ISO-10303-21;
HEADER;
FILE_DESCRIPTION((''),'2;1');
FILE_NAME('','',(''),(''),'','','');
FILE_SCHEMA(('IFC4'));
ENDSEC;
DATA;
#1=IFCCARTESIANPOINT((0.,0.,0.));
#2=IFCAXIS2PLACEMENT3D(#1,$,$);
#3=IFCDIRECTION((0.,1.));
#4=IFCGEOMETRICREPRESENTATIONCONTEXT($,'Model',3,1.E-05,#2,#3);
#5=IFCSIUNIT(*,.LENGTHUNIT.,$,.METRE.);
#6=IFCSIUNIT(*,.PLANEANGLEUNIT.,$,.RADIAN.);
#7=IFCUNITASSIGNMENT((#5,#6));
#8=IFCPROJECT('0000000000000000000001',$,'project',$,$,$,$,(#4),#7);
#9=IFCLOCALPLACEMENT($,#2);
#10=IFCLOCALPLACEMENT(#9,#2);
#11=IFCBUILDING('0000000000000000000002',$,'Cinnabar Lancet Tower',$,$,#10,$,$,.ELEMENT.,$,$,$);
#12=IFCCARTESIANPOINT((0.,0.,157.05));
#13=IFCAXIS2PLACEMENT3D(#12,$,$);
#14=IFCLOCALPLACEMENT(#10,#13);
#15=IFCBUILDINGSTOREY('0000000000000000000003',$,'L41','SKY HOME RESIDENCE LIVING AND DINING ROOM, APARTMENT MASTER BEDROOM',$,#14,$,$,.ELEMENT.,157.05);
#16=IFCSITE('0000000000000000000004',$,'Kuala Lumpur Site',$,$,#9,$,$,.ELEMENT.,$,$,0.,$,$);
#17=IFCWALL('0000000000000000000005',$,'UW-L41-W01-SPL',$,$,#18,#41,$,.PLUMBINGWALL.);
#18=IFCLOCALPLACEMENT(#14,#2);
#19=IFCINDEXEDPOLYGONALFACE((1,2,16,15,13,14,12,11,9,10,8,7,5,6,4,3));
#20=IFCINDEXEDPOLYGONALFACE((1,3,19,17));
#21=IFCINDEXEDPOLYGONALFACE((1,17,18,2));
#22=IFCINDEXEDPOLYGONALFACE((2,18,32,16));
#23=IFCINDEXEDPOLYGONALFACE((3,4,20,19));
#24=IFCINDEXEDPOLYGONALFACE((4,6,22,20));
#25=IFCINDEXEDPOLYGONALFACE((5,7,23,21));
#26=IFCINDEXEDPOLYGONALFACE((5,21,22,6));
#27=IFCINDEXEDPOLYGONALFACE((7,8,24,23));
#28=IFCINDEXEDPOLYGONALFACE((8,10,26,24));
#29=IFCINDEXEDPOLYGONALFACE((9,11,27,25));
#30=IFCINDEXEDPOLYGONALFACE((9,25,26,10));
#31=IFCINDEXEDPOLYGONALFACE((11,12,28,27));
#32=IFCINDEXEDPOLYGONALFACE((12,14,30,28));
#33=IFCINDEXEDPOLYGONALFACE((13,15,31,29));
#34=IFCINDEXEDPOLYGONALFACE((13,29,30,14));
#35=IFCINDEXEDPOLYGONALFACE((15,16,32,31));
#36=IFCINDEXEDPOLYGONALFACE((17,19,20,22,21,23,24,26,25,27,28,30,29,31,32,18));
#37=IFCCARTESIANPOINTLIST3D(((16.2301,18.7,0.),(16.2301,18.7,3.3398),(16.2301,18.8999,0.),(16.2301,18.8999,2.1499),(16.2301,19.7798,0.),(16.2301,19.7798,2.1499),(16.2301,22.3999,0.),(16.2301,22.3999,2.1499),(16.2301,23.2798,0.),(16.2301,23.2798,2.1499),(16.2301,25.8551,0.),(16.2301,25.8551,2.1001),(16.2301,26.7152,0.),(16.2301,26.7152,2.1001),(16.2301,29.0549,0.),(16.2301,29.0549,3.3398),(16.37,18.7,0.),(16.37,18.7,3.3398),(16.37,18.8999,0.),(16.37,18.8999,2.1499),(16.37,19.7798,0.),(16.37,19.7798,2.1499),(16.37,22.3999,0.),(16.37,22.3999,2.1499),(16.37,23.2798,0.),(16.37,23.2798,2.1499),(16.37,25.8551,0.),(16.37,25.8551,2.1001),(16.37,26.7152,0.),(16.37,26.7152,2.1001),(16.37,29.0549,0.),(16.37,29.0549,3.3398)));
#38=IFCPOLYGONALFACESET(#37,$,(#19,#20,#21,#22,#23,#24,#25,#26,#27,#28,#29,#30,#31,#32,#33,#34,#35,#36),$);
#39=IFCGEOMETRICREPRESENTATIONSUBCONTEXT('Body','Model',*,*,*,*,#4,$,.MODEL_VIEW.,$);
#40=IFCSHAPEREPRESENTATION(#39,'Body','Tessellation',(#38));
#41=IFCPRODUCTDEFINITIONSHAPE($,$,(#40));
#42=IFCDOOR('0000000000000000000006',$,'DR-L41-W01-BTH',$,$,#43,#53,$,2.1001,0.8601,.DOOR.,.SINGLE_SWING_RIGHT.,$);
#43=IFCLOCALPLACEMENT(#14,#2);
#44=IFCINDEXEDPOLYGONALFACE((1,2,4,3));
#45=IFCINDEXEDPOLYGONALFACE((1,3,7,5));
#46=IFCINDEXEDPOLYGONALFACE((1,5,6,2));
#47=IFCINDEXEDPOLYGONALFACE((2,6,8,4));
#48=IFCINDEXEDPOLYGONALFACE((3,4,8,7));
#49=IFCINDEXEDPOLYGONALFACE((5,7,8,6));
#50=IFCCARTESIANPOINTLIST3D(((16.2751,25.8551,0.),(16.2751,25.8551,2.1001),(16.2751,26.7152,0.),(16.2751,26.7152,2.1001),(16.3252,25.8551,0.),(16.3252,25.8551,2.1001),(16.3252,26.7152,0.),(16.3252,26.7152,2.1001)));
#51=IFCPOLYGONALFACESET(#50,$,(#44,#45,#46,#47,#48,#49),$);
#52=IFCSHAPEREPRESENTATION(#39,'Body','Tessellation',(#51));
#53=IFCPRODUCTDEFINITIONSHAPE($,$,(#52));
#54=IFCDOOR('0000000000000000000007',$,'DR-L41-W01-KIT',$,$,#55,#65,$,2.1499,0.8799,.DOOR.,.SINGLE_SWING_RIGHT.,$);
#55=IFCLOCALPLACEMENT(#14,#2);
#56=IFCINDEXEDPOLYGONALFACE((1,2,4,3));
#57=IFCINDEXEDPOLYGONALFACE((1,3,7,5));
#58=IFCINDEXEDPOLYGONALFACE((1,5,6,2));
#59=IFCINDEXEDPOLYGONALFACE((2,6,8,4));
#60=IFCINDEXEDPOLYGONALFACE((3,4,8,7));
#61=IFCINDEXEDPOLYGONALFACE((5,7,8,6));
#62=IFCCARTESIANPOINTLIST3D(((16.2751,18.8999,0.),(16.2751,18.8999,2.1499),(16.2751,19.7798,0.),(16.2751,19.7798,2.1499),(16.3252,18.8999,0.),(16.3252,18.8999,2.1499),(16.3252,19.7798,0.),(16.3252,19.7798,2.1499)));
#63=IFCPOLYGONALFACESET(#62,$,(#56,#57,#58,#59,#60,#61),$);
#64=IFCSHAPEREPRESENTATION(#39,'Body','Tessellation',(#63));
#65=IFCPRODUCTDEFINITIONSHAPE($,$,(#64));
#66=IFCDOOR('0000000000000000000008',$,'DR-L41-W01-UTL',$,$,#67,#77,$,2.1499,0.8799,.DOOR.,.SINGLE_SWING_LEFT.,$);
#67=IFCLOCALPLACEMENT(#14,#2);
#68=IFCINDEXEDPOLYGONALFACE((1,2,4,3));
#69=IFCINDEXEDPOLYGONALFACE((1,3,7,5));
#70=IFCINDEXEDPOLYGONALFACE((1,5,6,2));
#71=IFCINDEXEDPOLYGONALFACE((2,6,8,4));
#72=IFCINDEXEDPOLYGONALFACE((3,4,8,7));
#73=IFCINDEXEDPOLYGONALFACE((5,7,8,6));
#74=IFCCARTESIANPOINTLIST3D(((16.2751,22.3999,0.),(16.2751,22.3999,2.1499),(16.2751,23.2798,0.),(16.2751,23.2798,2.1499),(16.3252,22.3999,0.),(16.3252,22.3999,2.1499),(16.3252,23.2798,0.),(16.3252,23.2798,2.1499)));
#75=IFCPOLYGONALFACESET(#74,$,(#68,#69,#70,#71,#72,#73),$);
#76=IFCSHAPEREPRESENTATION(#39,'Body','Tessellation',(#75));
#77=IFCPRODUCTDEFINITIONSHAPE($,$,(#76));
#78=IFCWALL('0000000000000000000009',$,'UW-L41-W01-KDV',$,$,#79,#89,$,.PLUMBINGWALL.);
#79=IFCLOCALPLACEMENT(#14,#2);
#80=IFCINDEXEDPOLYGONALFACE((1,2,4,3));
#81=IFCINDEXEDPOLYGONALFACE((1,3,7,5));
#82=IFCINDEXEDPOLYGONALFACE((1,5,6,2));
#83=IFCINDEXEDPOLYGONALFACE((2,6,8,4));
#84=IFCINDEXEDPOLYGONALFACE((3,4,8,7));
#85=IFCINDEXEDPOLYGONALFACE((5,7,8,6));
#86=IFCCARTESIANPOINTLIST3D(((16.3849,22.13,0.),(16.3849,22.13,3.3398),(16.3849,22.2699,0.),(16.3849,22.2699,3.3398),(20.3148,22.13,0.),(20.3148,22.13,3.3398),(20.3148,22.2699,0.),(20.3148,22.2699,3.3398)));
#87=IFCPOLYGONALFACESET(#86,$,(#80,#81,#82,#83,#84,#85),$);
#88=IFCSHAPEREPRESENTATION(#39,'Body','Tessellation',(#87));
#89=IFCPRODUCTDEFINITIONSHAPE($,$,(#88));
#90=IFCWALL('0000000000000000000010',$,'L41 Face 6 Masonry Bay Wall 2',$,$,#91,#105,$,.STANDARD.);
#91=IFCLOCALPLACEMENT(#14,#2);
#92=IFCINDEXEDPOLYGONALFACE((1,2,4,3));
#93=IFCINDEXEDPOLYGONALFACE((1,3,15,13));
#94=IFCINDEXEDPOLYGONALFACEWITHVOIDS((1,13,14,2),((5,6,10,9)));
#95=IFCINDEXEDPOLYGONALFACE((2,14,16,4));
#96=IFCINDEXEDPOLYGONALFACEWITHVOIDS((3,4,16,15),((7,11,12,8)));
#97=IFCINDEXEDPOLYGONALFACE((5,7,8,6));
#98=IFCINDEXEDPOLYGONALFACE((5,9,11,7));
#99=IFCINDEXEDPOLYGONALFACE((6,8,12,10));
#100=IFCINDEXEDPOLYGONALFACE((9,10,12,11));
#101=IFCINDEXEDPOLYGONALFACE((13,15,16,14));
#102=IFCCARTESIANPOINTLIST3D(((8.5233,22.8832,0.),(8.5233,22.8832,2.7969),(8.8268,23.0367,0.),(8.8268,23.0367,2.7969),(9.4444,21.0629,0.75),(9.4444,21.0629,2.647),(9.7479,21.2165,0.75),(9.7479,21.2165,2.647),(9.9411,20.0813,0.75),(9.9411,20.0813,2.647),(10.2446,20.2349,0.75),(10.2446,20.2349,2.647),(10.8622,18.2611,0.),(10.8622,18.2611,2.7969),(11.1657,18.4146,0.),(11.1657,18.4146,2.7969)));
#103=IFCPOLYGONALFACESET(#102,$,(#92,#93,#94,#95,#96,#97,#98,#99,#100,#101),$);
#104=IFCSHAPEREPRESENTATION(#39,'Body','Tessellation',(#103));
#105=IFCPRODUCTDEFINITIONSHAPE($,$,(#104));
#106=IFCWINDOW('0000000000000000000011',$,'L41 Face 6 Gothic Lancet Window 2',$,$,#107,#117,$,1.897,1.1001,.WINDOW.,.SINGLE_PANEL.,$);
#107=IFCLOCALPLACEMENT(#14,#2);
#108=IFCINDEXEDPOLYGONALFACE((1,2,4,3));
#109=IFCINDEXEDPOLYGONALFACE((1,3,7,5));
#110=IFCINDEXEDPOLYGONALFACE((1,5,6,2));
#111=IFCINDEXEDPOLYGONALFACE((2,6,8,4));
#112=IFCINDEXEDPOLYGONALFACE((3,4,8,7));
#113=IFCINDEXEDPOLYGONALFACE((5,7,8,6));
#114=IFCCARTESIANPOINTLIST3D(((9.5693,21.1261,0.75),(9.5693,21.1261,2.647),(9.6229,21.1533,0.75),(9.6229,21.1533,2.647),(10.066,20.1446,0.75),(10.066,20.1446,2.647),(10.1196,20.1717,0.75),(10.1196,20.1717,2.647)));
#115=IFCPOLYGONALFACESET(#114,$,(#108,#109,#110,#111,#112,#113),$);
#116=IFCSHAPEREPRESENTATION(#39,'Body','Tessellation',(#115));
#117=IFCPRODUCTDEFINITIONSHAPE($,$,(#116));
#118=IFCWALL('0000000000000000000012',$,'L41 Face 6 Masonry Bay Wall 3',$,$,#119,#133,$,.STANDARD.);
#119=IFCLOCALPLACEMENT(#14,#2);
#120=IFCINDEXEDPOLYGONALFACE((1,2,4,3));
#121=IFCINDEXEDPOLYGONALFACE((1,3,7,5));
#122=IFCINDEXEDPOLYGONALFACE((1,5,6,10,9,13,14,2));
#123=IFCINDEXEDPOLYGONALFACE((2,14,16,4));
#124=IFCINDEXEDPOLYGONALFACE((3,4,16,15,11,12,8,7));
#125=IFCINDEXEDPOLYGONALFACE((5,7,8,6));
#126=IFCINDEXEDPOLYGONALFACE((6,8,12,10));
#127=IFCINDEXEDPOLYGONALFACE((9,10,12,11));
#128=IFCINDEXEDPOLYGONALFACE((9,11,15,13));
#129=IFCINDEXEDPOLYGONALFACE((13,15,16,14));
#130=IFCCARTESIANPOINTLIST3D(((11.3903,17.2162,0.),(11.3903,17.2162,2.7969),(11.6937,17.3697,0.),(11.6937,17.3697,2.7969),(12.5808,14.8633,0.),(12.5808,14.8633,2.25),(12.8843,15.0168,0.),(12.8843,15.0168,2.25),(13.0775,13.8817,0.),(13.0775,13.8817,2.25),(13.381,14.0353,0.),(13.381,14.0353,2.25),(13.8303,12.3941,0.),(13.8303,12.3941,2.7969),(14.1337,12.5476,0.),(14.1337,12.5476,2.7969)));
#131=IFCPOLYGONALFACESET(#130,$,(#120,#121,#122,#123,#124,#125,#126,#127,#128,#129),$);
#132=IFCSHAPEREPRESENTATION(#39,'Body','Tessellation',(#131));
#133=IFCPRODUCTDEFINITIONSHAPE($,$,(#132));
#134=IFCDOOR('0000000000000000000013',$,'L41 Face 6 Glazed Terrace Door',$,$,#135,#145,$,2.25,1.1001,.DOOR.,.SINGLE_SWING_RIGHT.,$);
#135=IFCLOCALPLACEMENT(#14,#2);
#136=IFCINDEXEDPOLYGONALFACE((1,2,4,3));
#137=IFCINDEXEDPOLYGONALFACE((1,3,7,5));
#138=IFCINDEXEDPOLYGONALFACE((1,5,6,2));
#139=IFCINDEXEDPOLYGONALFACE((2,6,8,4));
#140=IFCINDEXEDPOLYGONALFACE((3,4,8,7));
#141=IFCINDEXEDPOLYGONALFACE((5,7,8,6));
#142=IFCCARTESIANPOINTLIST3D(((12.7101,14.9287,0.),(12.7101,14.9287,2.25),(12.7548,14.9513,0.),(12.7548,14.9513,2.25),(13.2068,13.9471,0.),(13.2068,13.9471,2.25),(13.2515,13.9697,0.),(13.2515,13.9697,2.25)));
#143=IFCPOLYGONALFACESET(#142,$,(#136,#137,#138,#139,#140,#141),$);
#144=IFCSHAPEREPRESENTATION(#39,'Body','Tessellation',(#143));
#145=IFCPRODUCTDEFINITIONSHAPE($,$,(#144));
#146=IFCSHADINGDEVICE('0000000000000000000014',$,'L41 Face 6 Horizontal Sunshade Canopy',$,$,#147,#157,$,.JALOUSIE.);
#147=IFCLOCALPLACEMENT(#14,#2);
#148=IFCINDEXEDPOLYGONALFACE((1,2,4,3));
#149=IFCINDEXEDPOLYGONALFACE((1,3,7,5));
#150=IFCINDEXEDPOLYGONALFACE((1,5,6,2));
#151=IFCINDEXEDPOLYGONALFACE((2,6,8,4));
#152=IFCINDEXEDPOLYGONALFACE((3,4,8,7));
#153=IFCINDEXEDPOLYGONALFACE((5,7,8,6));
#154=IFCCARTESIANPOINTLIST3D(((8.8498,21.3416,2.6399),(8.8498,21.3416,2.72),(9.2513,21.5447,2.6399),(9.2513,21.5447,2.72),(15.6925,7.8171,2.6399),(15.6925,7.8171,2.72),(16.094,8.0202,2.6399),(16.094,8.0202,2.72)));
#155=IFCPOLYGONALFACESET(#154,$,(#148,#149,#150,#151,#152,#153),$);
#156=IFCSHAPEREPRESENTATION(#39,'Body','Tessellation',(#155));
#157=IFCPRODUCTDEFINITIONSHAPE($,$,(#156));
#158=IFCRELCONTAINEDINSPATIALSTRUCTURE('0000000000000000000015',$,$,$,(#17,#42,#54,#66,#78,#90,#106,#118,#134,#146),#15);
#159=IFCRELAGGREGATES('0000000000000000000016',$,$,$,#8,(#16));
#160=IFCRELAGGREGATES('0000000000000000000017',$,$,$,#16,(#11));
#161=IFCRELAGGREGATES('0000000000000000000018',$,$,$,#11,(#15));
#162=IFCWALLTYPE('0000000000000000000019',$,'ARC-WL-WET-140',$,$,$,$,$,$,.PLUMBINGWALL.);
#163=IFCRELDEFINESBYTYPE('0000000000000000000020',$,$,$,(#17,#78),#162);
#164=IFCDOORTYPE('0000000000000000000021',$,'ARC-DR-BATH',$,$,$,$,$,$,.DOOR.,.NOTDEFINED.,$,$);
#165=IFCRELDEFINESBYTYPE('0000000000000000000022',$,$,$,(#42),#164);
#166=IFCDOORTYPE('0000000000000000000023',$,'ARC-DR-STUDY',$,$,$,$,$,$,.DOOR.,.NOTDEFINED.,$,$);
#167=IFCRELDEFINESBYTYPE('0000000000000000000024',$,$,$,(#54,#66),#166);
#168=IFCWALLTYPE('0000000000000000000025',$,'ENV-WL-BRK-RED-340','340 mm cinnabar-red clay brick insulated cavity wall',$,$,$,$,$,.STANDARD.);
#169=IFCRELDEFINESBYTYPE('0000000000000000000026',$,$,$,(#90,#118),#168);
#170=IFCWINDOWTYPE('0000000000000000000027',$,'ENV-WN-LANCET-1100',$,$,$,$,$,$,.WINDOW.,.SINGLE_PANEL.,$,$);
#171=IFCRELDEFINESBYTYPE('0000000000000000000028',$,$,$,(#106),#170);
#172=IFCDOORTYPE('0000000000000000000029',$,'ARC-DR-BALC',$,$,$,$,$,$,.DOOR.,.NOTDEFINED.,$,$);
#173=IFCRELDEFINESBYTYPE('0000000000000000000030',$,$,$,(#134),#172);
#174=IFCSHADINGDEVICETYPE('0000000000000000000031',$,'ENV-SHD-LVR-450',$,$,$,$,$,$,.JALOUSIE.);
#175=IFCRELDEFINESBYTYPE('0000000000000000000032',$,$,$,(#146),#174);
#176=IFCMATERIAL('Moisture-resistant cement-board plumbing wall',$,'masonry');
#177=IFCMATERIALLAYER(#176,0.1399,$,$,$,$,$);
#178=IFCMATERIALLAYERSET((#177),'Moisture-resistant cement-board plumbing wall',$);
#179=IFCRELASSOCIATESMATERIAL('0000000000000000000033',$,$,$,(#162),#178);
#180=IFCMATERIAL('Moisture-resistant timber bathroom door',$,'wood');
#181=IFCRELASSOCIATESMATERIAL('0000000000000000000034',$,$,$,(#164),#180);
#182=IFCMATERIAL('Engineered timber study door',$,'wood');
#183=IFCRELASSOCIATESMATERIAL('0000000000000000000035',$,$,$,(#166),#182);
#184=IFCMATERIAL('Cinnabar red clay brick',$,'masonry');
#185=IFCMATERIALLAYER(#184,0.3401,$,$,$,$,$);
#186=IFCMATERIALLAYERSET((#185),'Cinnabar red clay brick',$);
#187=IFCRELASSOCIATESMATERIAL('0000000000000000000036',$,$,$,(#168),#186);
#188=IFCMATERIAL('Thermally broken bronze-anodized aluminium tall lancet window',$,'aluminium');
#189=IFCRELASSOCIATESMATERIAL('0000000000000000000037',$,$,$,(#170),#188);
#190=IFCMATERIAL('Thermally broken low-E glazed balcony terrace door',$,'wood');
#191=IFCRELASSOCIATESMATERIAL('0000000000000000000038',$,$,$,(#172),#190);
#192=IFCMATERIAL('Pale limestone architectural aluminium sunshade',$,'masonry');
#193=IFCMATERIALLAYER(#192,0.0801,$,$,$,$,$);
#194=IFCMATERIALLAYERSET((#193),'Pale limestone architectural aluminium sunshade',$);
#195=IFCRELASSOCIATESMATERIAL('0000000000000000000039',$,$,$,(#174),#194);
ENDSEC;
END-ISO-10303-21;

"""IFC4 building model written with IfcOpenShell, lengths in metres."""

from ifc_helpers import new_model, si_unit, direction, frame, frame_2d, origin, origin_2d, place, context, subcontext, project, spatial, rectangle, extrude, material, layer, layer_set, type_object, element, fill, save


model = new_model("IFC4")

# Units and contexts
model_context = context("Model", 3, precision=1e-05, world=origin(), true_north=direction((0.0, 1.0)))
body_context = subcontext(model_context, "Body", "Model", "MODEL_VIEW")
ifc_project = project(units=[si_unit("LENGTHUNIT", "METRE"), si_unit("PLANEANGLEUNIT", "RADIAN")], contexts=[model_context])

# Site, building, storey
site_placement = place(None, origin())
site = spatial("IfcSite", under=ifc_project, at=site_placement, Name="Kuala Lumpur Site", CompositionType="ELEMENT", RefElevation=0.0)
building_placement = place(site_placement, origin())
building = spatial("IfcBuilding", under=site, at=building_placement, Name="Cinnabar Lancet Tower", CompositionType="ELEMENT")
storey_placement = place(building_placement, frame((0.0, 0.0, 157.05)))
storey = spatial("IfcBuildingStorey", under=building, at=storey_placement, Name="L41", Description="SKY HOME RESIDENCE LIVING AND DINING ROOM, APARTMENT MASTER BEDROOM", CompositionType="ELEMENT", Elevation=157.05)

# Wall, openings, doors
ifc_material_1 = material(Name="Moisture-resistant cement-board plumbing wall", Category="masonry")
ifc_layer_1 = layer(ifc_material_1, 0.1399)
ifc_layer_set_1 = layer_set([ifc_layer_1], Name="Moisture-resistant cement-board plumbing wall")
wall_type_1 = type_object("IfcWallType", Name="ARC-WL-WET-140", PredefinedType="PLUMBINGWALL", material=ifc_layer_set_1)
wall_1_placement = place(storey_placement, frame((16.3, 18.7, 0.0), z_axis=(0.0, 0.0, 1.0), x_axis=(0.0, 1.0, 0.0)))
wall_1 = element("IfcWall", 1, at=wall_1_placement, inside=storey, type_object=wall_type_1, Name="UW-L41-W01-SPL", PredefinedType="PLUMBINGWALL", context=body_context, shape_type="SweptSolid", body=[
    extrude(rectangle(XDim=10.355, YDim=0.1399, at=frame_2d((5.1775, 0.0))), origin(), (0.0, 0.0, 1.0), 3.3398),
])
opening_1_placement = place(wall_1_placement, frame((0.2, 0.0, 0.0)))
opening_1 = element("IfcOpeningElement", 2, at=opening_1_placement, cuts=wall_1, PredefinedType="OPENING", context=body_context, shape_type="SweptSolid", body=[
    extrude(rectangle(XDim=0.8799, YDim=2.1499, at=frame_2d((0.4399, 1.075))), frame((0.0, 0.0798, 0.0), z_axis=(0.0, -1.0, 0.0), x_axis=(1.0, 0.0, 0.0)), (0.0, 0.0, 1.0), 0.1599),
])
opening_2_placement = place(wall_1_placement, frame((3.7, 0.0, 0.0)))
opening_2 = element("IfcOpeningElement", 3, at=opening_2_placement, cuts=wall_1, PredefinedType="OPENING", context=body_context, shape_type="SweptSolid", body=[
    extrude(rectangle(XDim=0.8799, YDim=2.1499, at=frame_2d((0.4399, 1.075))), frame((0.0, 0.0798, 0.0), z_axis=(0.0, -1.0, 0.0), x_axis=(1.0, 0.0, 0.0)), (0.0, 0.0, 1.0), 0.1599),
])
opening_3_placement = place(wall_1_placement, frame((7.155, 0.0, 0.0)))
opening_3 = element("IfcOpeningElement", 4, at=opening_3_placement, cuts=wall_1, PredefinedType="OPENING", context=body_context, shape_type="SweptSolid", body=[
    extrude(rectangle(XDim=0.8601, YDim=2.1001, at=frame_2d((0.4302, 1.05))), frame((0.0, 0.0798, 0.0), z_axis=(0.0, -1.0, 0.0), x_axis=(1.0, 0.0, 0.0)), (0.0, 0.0, 1.0), 0.1599),
])
ifc_material_2 = material(Name="Moisture-resistant timber bathroom door", Category="wood")
door_type_1 = type_object("IfcDoorType", Name="ARC-DR-BATH", OperationType="NOTDEFINED", PredefinedType="DOOR", material=ifc_material_2)
door_1_placement = place(opening_3_placement, origin())
door_1 = element("IfcDoor", 5, at=door_1_placement, inside=storey, type_object=door_type_1, Name="DR-L41-W01-BTH", OperationType="SINGLE_SWING_RIGHT", OverallHeight=2.1001, OverallWidth=0.8601, PredefinedType="DOOR", context=body_context, shape_type="SweptSolid", body=[
    extrude(rectangle(XDim=0.8601, YDim=2.1001, at=frame_2d((0.4302, 1.05))), frame((0.0, 0.0249, 0.0), z_axis=(0.0, -1.0, 0.0), x_axis=(1.0, 0.0, 0.0)), (0.0, 0.0, 1.0), 0.05),
])
fill(opening_3, door_1)
ifc_material_3 = material(Name="Engineered timber study door", Category="wood")
door_type_2 = type_object("IfcDoorType", Name="ARC-DR-STUDY", OperationType="NOTDEFINED", PredefinedType="DOOR", material=ifc_material_3)
door_2_placement = place(opening_1_placement, origin())
door_2 = element("IfcDoor", 6, at=door_2_placement, inside=storey, type_object=door_type_2, Name="DR-L41-W01-KIT", OperationType="SINGLE_SWING_RIGHT", OverallHeight=2.1499, OverallWidth=0.8799, PredefinedType="DOOR", context=body_context, shape_type="SweptSolid", body=[
    extrude(rectangle(XDim=0.8799, YDim=2.1499, at=frame_2d((0.4399, 1.075))), frame((0.0, 0.0249, 0.0), z_axis=(0.0, -1.0, 0.0), x_axis=(1.0, 0.0, 0.0)), (0.0, 0.0, 1.0), 0.05),
])
fill(opening_1, door_2)
door_3_placement = place(opening_2_placement, origin())
door_3 = element("IfcDoor", 7, at=door_3_placement, inside=storey, type_object=door_type_2, Name="DR-L41-W01-UTL", OperationType="SINGLE_SWING_LEFT", OverallHeight=2.1499, OverallWidth=0.8799, PredefinedType="DOOR", context=body_context, shape_type="SweptSolid", body=[
    extrude(rectangle(XDim=0.8799, YDim=2.1499, at=frame_2d((0.4399, 1.075))), frame((0.0, 0.0249, 0.0), z_axis=(0.0, -1.0, 0.0), x_axis=(1.0, 0.0, 0.0)), (0.0, 0.0, 1.0), 0.05),
])
fill(opening_2, door_3)

# Wall
wall_2_placement = place(storey_placement, frame((16.385, 22.2, 0.0), z_axis=(0.0, 0.0, 1.0), x_axis=(1.0, 0.0, 0.0)))
element("IfcWall", 8, at=wall_2_placement, inside=storey, type_object=wall_type_1, Name="UW-L41-W01-KDV", PredefinedType="PLUMBINGWALL", context=body_context, shape_type="SweptSolid", body=[
    extrude(rectangle(XDim=3.9299, YDim=0.1399, at=frame_2d((1.9648, 0.0))), origin(), (0.0, 0.0, 1.0), 3.3398),
])

# Wall, opening, window
ifc_material_4 = material(Name="Cinnabar red clay brick", Category="masonry")
ifc_layer_2 = layer(ifc_material_4, 0.3401)
ifc_layer_set_2 = layer_set([ifc_layer_2], Name="Cinnabar red clay brick")
wall_type_2 = type_object("IfcWallType", Name="ENV-WL-BRK-RED-340", Description="340 mm cinnabar-red clay brick insulated cavity wall", PredefinedType="STANDARD", material=ifc_layer_set_2)
wall_3_placement = place(storey_placement, frame((8.675, 22.96, 0.0), z_axis=(0.0, 0.0, 1.0), x_axis=(0.451507, -0.892268, 0.0)))
wall_3 = element("IfcWall", 9, at=wall_3_placement, inside=storey, type_object=wall_type_2, Name="L41 Face 6 Masonry Bay Wall 2", PredefinedType="STANDARD", context=body_context, shape_type="SweptSolid", body=[
    extrude(rectangle(XDim=5.1802, YDim=0.3401, at=frame_2d((2.5901, 0.0))), origin(), (0.0, 0.0, 1.0), 2.7969),
])
opening_4_placement = place(wall_3_placement, frame((2.04, 0.0, 0.75)))
opening_4 = element("IfcOpeningElement", 10, at=opening_4_placement, cuts=wall_3, PredefinedType="OPENING", context=body_context, shape_type="SweptSolid", body=[
    extrude(rectangle(XDim=1.1001, YDim=1.897, at=frame_2d((0.55, 0.9485))), frame((0.0, 0.1799, 0.0), z_axis=(0.0, -1.0, 0.0), x_axis=(1.0, 0.0, 0.0)), (0.0, 0.0, 1.0), 0.3601),
])
ifc_material_5 = material(Name="Thermally broken bronze-anodized aluminium tall lancet window", Category="aluminium")
window_type = type_object("IfcWindowType", Name="ENV-WN-LANCET-1100", PartitioningType="SINGLE_PANEL", PredefinedType="WINDOW", material=ifc_material_5)
window_placement = place(opening_4_placement, origin())
window = element("IfcWindow", 11, at=window_placement, inside=storey, type_object=window_type, Name="L41 Face 6 Gothic Lancet Window 2", OverallHeight=1.897, OverallWidth=1.1001, PartitioningType="SINGLE_PANEL", PredefinedType="WINDOW", context=body_context, shape_type="SweptSolid", body=[
    extrude(rectangle(XDim=1.1001, YDim=1.897, at=frame_2d((0.55, 0.9485))), frame((0.0, 0.03, 0.0), z_axis=(0.0, -1.0, 0.0), x_axis=(1.0, 0.0, 0.0)), (0.0, 0.0, 1.0), 0.0601),
])
fill(opening_4, window)

# Wall, opening, door
wall_4_placement = place(storey_placement, frame((11.542, 17.293, 0.0), z_axis=(0.0, 0.0, 1.0), x_axis=(0.451491, -0.892276, 0.0)))
wall_4 = element("IfcWall", 12, at=wall_4_placement, inside=storey, type_object=wall_type_2, Name="L41 Face 6 Masonry Bay Wall 3", PredefinedType="STANDARD", context=body_context, shape_type="SweptSolid", body=[
    extrude(rectangle(XDim=5.4043, YDim=0.3401, at=frame_2d((2.7021, 0.0))), origin(), (0.0, 0.0, 1.0), 2.7969),
])
opening_5_placement = place(wall_4_placement, frame((2.637, 0.0, 0.0)))
opening_5 = element("IfcOpeningElement", 13, at=opening_5_placement, cuts=wall_4, PredefinedType="OPENING", context=body_context, shape_type="SweptSolid", body=[
    extrude(rectangle(XDim=1.1001, YDim=2.25, at=frame_2d((0.55, 1.125))), frame((0.0, 0.1799, 0.0), z_axis=(0.0, -1.0, 0.0), x_axis=(1.0, 0.0, 0.0)), (0.0, 0.0, 1.0), 0.3601),
])
ifc_material_6 = material(Name="Thermally broken low-E glazed balcony terrace door", Category="wood")
door_type_3 = type_object("IfcDoorType", Name="ARC-DR-BALC", OperationType="NOTDEFINED", PredefinedType="DOOR", material=ifc_material_6)
door_4_placement = place(opening_5_placement, origin())
door_4 = element("IfcDoor", 14, at=door_4_placement, inside=storey, type_object=door_type_3, Name="L41 Face 6 Glazed Terrace Door", OperationType="SINGLE_SWING_RIGHT", OverallHeight=2.25, OverallWidth=1.1001, PredefinedType="DOOR", context=body_context, shape_type="SweptSolid", body=[
    extrude(rectangle(XDim=1.1001, YDim=2.25, at=frame_2d((0.55, 1.125))), frame((0.0, 0.0249, 0.0), z_axis=(0.0, -1.0, 0.0), x_axis=(1.0, 0.0, 0.0)), (0.0, 0.0, 1.0), 0.05),
])
fill(opening_5, door_4)

# Shading device
ifc_material_7 = material(Name="Pale limestone architectural aluminium sunshade", Category="masonry")
ifc_layer_3 = layer(ifc_material_7, 0.0801)
ifc_layer_set_3 = layer_set([ifc_layer_3], Name="Pale limestone architectural aluminium sunshade")
shading_device_type = type_object("IfcShadingDeviceType", Name="ENV-SHD-LVR-450", PredefinedType="JALOUSIE", material=ifc_layer_set_3)
shading_device_placement = place(storey_placement, frame((12.4719, 14.6809, 2.6399), z_axis=(0.0, 0.0, 1.0), x_axis=(0.451454, -0.892294, 0.0)))
element("IfcShadingDevice", 15, at=shading_device_placement, inside=storey, type_object=shading_device_type, Name="L41 Face 6 Horizontal Sunshade Canopy", PredefinedType="JALOUSIE", context=body_context, shape_type="SweptSolid", body=[
    extrude(rectangle(XDim=15.157, YDim=0.45, at=origin_2d()), origin(), (0.0, 0.0, 1.0), 0.0801),
])

save(model, "model.ifc")
